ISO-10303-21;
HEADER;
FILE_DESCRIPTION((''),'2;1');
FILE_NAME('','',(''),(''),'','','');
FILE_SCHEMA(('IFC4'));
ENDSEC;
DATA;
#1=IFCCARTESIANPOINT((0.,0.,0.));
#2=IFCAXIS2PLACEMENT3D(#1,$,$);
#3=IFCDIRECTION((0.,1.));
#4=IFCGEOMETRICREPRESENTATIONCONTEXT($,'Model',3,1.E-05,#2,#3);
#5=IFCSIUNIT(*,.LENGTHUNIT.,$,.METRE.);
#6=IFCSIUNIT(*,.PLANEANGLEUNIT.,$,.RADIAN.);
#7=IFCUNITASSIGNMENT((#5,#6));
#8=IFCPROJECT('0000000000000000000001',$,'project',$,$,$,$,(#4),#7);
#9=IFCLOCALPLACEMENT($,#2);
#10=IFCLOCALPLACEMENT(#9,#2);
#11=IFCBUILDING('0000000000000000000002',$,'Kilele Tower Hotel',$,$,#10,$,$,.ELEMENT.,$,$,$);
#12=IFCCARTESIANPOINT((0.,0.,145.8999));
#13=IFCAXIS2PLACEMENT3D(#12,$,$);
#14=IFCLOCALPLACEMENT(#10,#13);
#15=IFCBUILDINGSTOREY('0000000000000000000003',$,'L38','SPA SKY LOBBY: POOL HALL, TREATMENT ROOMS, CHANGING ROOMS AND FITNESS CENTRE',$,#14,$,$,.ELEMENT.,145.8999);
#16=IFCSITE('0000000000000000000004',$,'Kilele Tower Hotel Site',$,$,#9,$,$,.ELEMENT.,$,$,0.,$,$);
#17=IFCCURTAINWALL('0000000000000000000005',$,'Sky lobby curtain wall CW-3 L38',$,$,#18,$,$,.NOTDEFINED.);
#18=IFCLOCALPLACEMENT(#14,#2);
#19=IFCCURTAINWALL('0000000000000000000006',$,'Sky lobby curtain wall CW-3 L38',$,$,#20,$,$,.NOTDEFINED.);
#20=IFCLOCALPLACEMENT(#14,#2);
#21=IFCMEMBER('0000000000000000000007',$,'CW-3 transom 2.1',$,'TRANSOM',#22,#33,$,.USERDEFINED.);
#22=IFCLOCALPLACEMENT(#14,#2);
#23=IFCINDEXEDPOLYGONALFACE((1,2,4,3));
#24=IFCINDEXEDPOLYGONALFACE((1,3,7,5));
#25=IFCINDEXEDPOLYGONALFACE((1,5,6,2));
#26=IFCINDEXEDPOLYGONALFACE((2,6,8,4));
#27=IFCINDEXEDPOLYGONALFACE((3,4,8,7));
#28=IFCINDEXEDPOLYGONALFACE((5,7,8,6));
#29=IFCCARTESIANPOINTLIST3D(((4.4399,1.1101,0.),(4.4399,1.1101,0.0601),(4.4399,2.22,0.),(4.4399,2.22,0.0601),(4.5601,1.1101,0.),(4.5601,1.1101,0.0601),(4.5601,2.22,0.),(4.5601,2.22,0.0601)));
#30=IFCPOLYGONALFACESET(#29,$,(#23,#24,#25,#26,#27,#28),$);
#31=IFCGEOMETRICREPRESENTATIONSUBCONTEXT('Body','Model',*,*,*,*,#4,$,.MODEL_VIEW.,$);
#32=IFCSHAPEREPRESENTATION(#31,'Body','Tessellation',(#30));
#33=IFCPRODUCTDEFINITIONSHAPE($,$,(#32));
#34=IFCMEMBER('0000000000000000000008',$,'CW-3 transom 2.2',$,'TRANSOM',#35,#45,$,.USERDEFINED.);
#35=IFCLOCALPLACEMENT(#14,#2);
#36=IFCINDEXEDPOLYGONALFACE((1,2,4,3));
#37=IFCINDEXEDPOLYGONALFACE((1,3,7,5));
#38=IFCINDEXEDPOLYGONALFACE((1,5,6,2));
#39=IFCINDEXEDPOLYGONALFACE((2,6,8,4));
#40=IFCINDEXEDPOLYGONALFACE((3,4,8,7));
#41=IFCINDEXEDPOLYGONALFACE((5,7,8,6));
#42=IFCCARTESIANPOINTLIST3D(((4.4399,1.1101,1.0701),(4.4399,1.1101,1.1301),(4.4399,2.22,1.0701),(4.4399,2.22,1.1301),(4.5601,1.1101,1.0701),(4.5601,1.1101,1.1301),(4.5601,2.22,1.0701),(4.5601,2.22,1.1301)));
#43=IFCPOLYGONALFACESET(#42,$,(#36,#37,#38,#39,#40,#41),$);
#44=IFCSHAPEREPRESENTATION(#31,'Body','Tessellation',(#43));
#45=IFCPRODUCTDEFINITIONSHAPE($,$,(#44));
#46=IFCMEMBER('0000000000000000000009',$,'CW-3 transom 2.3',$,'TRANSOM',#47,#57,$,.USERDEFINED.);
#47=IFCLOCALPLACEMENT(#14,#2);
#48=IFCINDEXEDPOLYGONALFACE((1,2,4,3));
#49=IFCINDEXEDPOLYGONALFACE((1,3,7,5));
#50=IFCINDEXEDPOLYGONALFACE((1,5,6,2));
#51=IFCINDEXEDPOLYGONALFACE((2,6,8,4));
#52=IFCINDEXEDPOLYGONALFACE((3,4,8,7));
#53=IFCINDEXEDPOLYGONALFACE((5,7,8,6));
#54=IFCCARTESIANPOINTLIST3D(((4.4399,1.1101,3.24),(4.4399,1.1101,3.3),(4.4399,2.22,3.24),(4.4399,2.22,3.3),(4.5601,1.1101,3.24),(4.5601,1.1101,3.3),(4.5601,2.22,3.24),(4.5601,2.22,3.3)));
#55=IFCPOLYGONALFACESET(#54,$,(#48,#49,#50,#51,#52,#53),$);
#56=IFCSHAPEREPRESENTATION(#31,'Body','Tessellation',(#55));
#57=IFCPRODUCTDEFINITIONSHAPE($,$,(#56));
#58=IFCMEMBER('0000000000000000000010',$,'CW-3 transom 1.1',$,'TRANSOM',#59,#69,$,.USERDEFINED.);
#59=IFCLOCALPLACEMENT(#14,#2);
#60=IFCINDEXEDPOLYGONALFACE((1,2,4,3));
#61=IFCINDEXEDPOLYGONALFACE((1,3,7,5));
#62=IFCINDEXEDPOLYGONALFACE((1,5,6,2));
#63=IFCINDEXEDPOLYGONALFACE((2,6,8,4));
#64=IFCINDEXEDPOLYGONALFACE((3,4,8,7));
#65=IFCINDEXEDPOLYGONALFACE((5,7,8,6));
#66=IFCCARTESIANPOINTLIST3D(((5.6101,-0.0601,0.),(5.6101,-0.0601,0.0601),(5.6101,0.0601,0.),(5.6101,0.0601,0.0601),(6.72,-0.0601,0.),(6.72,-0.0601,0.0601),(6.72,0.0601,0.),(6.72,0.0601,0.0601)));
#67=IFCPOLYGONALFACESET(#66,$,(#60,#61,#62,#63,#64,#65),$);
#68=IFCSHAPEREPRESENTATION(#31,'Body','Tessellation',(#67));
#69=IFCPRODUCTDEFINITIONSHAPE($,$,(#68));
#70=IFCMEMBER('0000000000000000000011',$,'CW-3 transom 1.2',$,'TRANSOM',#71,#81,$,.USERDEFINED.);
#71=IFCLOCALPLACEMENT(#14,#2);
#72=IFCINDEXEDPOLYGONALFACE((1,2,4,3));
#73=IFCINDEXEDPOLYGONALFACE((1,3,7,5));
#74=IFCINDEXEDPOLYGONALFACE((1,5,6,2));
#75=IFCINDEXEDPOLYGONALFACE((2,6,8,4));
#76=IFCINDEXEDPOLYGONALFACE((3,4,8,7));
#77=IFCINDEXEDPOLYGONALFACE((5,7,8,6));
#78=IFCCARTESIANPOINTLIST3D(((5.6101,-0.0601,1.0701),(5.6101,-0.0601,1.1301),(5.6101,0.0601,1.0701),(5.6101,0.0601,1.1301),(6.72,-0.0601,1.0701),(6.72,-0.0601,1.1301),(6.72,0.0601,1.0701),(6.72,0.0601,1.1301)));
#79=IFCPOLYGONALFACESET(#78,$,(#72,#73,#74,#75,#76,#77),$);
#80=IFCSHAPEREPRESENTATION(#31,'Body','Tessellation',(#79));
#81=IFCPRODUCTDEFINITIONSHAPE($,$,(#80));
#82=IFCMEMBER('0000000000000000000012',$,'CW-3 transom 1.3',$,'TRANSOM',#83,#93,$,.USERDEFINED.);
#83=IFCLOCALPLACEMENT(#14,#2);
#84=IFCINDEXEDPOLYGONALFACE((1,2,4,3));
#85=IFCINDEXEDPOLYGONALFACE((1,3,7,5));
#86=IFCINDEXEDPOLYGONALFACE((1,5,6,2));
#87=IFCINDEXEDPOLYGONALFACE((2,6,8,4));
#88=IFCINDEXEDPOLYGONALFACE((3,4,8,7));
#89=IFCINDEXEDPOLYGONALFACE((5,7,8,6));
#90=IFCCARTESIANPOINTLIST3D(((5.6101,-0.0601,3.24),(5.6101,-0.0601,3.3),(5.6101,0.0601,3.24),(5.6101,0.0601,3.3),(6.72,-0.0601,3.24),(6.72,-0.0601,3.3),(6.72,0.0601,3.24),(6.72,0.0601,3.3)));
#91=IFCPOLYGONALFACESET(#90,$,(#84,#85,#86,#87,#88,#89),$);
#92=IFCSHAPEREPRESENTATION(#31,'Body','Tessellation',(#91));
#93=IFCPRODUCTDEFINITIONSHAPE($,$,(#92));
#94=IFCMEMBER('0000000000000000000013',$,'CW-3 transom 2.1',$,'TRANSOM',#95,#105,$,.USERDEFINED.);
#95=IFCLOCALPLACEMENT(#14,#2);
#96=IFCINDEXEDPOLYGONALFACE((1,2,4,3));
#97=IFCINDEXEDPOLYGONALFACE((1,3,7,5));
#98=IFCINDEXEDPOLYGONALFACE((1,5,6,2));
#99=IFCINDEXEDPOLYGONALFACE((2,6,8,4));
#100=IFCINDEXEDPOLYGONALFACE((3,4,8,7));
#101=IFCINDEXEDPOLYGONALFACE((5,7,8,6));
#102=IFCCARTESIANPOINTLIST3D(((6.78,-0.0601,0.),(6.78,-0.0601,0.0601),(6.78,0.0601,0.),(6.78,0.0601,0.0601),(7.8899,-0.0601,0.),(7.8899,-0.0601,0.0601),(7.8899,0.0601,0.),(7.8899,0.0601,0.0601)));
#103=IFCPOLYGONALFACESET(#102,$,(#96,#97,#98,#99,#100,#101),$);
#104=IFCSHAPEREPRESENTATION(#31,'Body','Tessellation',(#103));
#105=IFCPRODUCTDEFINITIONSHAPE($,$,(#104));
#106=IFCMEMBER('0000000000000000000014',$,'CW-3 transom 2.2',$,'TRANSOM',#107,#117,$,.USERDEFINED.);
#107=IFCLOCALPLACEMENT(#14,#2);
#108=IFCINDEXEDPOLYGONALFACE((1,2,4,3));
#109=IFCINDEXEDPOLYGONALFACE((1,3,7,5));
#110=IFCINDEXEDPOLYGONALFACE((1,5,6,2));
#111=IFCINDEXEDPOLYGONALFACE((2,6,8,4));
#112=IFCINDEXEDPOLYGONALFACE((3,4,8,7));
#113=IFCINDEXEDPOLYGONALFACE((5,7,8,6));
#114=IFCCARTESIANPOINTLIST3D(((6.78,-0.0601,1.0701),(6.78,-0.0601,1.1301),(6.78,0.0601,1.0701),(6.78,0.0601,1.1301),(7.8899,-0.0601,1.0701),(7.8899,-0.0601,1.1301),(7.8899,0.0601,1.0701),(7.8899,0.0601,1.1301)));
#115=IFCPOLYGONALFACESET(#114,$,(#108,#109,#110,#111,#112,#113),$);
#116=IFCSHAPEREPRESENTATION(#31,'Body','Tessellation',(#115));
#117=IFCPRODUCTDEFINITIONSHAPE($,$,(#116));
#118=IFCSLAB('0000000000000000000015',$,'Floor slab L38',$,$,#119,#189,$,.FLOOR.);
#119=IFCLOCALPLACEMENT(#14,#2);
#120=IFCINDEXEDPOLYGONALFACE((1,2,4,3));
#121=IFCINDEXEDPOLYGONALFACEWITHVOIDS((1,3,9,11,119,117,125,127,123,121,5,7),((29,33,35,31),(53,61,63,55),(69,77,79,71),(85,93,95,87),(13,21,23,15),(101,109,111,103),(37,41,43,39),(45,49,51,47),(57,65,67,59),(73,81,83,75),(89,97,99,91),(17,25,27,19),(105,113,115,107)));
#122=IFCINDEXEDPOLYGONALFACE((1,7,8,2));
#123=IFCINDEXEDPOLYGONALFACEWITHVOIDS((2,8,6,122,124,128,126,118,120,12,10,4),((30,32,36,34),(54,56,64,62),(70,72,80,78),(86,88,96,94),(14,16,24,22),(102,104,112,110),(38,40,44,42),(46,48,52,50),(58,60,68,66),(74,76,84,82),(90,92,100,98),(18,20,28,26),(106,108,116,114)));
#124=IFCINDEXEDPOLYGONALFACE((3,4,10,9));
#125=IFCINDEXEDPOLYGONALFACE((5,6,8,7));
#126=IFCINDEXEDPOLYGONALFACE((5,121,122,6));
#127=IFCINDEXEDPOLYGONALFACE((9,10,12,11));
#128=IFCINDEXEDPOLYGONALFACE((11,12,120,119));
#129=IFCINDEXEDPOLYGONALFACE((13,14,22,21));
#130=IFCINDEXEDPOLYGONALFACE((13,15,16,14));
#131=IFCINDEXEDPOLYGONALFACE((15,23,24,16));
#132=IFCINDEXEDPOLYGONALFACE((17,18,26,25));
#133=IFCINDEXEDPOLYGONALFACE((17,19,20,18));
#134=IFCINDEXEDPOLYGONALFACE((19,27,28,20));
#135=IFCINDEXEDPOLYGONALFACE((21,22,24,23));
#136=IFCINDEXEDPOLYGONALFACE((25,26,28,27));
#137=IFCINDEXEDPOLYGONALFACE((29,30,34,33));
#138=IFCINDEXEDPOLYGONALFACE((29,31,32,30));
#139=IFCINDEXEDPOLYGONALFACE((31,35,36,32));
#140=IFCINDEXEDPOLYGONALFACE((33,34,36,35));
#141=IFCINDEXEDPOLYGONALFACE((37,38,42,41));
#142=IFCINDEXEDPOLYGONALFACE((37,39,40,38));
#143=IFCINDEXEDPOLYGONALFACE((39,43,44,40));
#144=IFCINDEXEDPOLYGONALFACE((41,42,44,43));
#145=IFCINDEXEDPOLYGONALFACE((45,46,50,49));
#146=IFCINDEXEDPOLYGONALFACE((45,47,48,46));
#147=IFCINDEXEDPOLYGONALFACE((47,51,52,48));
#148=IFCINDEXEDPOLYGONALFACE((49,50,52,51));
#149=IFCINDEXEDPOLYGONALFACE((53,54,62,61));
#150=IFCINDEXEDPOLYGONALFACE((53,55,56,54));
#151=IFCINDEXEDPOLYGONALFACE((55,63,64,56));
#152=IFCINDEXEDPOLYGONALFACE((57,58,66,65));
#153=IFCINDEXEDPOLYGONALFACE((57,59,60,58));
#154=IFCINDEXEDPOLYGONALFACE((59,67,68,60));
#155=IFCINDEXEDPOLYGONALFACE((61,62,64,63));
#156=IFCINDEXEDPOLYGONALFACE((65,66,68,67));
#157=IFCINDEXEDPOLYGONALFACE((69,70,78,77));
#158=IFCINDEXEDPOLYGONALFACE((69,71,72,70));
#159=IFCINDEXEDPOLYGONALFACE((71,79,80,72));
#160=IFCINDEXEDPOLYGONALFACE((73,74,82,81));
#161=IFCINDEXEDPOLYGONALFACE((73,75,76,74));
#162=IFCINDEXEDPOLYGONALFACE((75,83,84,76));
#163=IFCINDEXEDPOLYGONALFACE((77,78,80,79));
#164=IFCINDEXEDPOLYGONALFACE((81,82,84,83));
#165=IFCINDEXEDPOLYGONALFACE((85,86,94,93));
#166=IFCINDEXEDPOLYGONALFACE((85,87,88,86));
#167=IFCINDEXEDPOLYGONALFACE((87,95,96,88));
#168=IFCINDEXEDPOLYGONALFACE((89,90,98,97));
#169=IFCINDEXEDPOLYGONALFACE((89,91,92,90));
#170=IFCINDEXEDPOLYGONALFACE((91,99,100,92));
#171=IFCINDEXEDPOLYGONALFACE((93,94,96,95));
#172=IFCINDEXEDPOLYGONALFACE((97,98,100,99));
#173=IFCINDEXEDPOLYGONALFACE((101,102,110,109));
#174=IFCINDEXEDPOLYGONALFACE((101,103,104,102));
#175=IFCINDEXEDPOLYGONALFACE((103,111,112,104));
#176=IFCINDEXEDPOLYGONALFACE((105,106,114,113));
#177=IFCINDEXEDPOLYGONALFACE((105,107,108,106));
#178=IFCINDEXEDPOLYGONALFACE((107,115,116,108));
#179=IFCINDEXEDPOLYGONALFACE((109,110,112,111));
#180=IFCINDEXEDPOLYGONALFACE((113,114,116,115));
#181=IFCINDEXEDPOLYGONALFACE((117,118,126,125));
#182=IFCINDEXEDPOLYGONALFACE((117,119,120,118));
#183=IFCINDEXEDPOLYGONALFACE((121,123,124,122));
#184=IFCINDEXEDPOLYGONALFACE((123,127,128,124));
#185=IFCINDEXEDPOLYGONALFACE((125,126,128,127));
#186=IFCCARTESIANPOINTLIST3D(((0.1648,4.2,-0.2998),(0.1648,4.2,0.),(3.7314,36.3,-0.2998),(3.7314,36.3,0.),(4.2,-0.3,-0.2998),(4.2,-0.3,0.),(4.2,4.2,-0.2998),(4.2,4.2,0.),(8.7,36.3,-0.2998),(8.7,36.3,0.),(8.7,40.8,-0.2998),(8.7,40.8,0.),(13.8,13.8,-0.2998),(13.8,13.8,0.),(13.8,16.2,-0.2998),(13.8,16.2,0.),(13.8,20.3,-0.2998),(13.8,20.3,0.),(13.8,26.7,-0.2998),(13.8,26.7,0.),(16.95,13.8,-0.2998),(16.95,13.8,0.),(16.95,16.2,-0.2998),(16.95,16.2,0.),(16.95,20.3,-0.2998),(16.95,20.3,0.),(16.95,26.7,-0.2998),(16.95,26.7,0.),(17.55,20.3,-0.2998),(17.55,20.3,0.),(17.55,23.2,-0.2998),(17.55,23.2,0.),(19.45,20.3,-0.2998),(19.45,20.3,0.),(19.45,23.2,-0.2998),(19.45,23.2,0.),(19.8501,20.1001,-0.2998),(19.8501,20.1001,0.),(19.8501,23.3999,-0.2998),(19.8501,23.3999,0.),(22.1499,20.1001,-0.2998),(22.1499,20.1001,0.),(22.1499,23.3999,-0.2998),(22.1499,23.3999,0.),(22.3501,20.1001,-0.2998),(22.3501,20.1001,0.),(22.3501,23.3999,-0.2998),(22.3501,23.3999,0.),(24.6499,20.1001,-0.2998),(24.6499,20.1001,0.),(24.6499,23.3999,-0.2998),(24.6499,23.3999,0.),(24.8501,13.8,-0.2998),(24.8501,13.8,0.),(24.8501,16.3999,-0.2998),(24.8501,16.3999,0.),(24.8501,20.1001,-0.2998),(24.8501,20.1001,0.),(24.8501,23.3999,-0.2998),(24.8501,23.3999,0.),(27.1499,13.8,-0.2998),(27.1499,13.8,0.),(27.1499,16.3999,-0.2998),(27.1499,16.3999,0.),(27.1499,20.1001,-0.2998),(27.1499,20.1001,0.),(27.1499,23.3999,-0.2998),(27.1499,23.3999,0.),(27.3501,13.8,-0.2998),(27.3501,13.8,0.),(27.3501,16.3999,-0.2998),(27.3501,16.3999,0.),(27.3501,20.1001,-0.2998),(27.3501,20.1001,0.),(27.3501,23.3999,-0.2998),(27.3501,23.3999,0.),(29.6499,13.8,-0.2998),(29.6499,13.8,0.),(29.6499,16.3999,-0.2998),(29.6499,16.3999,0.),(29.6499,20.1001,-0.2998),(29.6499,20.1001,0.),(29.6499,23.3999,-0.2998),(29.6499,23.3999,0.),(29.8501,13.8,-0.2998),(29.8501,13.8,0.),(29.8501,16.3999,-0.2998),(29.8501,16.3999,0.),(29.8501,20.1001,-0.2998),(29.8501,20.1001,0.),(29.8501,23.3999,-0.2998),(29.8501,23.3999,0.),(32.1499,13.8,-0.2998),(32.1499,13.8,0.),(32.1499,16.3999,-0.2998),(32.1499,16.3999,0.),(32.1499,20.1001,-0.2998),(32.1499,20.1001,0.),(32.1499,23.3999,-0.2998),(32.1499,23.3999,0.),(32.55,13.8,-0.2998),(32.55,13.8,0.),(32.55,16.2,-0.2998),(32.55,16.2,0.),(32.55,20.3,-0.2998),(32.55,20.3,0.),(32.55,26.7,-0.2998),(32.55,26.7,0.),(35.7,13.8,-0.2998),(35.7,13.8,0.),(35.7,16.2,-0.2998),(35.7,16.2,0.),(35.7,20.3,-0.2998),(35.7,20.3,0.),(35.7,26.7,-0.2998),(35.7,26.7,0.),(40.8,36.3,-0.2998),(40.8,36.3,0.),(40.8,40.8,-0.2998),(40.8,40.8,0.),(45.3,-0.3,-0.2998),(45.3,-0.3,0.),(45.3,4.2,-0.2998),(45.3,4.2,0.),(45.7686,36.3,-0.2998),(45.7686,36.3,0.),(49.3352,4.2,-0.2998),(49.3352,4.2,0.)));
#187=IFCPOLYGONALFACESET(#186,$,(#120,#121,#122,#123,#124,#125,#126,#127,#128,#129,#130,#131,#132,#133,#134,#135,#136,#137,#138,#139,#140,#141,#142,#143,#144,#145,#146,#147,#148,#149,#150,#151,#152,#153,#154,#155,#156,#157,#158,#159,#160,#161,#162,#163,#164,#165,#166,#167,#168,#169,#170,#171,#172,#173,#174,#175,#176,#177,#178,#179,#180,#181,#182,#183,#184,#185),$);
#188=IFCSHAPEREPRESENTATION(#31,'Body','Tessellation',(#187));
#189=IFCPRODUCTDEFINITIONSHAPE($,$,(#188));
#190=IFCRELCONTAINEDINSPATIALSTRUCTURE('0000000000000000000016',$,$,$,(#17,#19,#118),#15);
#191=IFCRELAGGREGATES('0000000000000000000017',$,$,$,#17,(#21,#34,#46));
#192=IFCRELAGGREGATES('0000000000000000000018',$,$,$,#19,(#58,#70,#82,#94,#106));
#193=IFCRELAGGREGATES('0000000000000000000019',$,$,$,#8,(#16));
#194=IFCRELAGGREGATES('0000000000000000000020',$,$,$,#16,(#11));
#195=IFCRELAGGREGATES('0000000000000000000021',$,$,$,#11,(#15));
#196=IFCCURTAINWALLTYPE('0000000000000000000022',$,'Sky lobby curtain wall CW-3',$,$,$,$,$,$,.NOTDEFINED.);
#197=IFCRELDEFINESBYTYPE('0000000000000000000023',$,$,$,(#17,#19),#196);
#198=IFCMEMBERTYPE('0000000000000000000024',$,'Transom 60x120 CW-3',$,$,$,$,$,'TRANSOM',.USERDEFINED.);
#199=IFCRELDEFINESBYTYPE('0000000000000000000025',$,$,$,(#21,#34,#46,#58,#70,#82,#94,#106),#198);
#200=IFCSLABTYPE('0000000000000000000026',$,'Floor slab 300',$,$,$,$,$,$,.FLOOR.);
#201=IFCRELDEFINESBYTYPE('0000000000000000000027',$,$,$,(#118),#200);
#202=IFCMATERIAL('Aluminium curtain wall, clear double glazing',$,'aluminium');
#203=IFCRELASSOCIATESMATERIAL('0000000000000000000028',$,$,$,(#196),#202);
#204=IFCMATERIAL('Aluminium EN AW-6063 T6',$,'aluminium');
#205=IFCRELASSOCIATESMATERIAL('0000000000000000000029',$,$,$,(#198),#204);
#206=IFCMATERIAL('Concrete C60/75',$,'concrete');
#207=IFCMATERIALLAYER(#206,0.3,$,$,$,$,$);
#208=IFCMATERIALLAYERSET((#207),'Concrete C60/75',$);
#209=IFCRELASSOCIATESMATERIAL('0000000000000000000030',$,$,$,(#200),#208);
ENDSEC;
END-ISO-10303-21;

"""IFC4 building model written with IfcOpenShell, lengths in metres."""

from ifc_helpers import new_model, si_unit, direction, frame, origin, origin_2d, place, context, subcontext, project, spatial, polyline, rectangle, outline, extrude, material, layer, layer_set, material_profile, profile_set, type_object, element, aggregate, save


model = new_model("IFC4")

# Units and contexts
model_context = context("Model", 3, precision=1e-05, world=origin(), true_north=direction((0.0, 1.0)))
body_context = subcontext(model_context, "Body", "Model", "MODEL_VIEW")
ifc_project = project(units=[si_unit("LENGTHUNIT", "METRE"), si_unit("PLANEANGLEUNIT", "RADIAN")], contexts=[model_context])

# Site, building, storey
site_placement = place(None, origin())
site = spatial("IfcSite", under=ifc_project, at=site_placement, Name="Kilele Tower Hotel Site", CompositionType="ELEMENT", RefElevation=0.0)
building_placement = place(site_placement, origin())
building = spatial("IfcBuilding", under=site, at=building_placement, Name="Kilele Tower Hotel", CompositionType="ELEMENT")
storey_placement = place(building_placement, frame((0.0, 0.0, 145.8999)))
storey = spatial("IfcBuildingStorey", under=building, at=storey_placement, Name="L38", Description="SPA SKY LOBBY: POOL HALL, TREATMENT ROOMS, CHANGING ROOMS AND FITNESS CENTRE", CompositionType="ELEMENT", Elevation=145.8999)

# Shared definitions
ifc_material_1 = material(Name="Aluminium curtain wall, clear double glazing", Category="aluminium")
curtain_wall_type = type_object("IfcCurtainWallType", Name="Sky lobby curtain wall CW-3", PredefinedType="NOTDEFINED", material=ifc_material_1)

# Curtain walls
curtain_wall_1_placement = place(storey_placement, origin())
curtain_wall_1 = element("IfcCurtainWall", 1, at=curtain_wall_1_placement, inside=storey, type_object=curtain_wall_type, Name="Sky lobby curtain wall CW-3 L38", PredefinedType="NOTDEFINED")
curtain_wall_2_placement = place(storey_placement, origin())
curtain_wall_2 = element("IfcCurtainWall", 2, at=curtain_wall_2_placement, inside=storey, type_object=curtain_wall_type, Name="Sky lobby curtain wall CW-3 L38", PredefinedType="NOTDEFINED")

# Members
ifc_material_2 = material(Name="Aluminium EN AW-6063 T6", Category="aluminium")
ifc_material_profile_1 = material_profile(ifc_material_2, rectangle(XDim=0.1201, YDim=0.0601, at=origin_2d()))
ifc_profile_set_1 = profile_set([ifc_material_profile_1], Name="Aluminium EN AW-6063 T6")
member_type_1 = type_object("IfcMemberType", Name="Transom 60x120 CW-3", ElementType="TRANSOM", PredefinedType="USERDEFINED", material=ifc_profile_set_1)
member_1_placement = place(storey_placement, frame((4.5, 2.22, 0.03), z_axis=(0.0, -1.0, 0.0), x_axis=(1.0, 0.0, 0.0)))
member_1 = element("IfcMember", 3, at=member_1_placement, type_object=member_type_1, Name="CW-3 transom 2.1", ObjectType="TRANSOM", PredefinedType="USERDEFINED", context=body_context, shape_type="SweptSolid", body=[
    extrude(rectangle(XDim=0.1201, YDim=0.0601, at=origin_2d()), origin(), (0.0, 0.0, 1.0), 1.1099),
])
member_2_placement = place(storey_placement, frame((4.5, 2.22, 1.1001), z_axis=(0.0, -1.0, 0.0), x_axis=(1.0, 0.0, 0.0)))
member_2 = element("IfcMember", 4, at=member_2_placement, type_object=member_type_1, Name="CW-3 transom 2.2", ObjectType="TRANSOM", PredefinedType="USERDEFINED", context=body_context, shape_type="SweptSolid", body=[
    extrude(rectangle(XDim=0.1201, YDim=0.0601, at=origin_2d()), origin(), (0.0, 0.0, 1.0), 1.1099),
])
member_3_placement = place(storey_placement, frame((4.5, 2.22, 3.27), z_axis=(0.0, -1.0, 0.0), x_axis=(1.0, 0.0, 0.0)))
member_3 = element("IfcMember", 5, at=member_3_placement, type_object=member_type_1, Name="CW-3 transom 2.3", ObjectType="TRANSOM", PredefinedType="USERDEFINED", context=body_context, shape_type="SweptSolid", body=[
    extrude(rectangle(XDim=0.1201, YDim=0.0601, at=origin_2d()), origin(), (0.0, 0.0, 1.0), 1.1099),
])
member_4_placement = place(storey_placement, frame((5.6101, 0.0, 0.03), z_axis=(1.0, 0.0, 0.0), x_axis=(0.0, 1.0, 0.0)))
member_4 = element("IfcMember", 6, at=member_4_placement, type_object=member_type_1, Name="CW-3 transom 1.1", ObjectType="TRANSOM", PredefinedType="USERDEFINED", context=body_context, shape_type="SweptSolid", body=[
    extrude(rectangle(XDim=0.1201, YDim=0.0601, at=origin_2d()), origin(), (0.0, 0.0, 1.0), 1.1099),
])
member_5_placement = place(storey_placement, frame((5.6101, 0.0, 1.1001), z_axis=(1.0, 0.0, 0.0), x_axis=(0.0, 1.0, 0.0)))
member_5 = element("IfcMember", 7, at=member_5_placement, type_object=member_type_1, Name="CW-3 transom 1.2", ObjectType="TRANSOM", PredefinedType="USERDEFINED", context=body_context, shape_type="SweptSolid", body=[
    extrude(rectangle(XDim=0.1201, YDim=0.0601, at=origin_2d()), origin(), (0.0, 0.0, 1.0), 1.1099),
])
member_6_placement = place(storey_placement, frame((5.6101, 0.0, 3.27), z_axis=(1.0, 0.0, 0.0), x_axis=(0.0, 1.0, 0.0)))
member_6 = element("IfcMember", 8, at=member_6_placement, type_object=member_type_1, Name="CW-3 transom 1.3", ObjectType="TRANSOM", PredefinedType="USERDEFINED", context=body_context, shape_type="SweptSolid", body=[
    extrude(rectangle(XDim=0.1201, YDim=0.0601, at=origin_2d()), origin(), (0.0, 0.0, 1.0), 1.1099),
])
member_7_placement = place(storey_placement, frame((6.78, 0.0, 0.03), z_axis=(1.0, 0.0, 0.0), x_axis=(0.0, 1.0, 0.0)))
member_7 = element("IfcMember", 9, at=member_7_placement, type_object=member_type_1, Name="CW-3 transom 2.1", ObjectType="TRANSOM", PredefinedType="USERDEFINED", context=body_context, shape_type="SweptSolid", body=[
    extrude(rectangle(XDim=0.1201, YDim=0.0601, at=origin_2d()), origin(), (0.0, 0.0, 1.0), 1.1099),
])
member_8_placement = place(storey_placement, frame((6.78, 0.0, 1.1001), z_axis=(1.0, 0.0, 0.0), x_axis=(0.0, 1.0, 0.0)))
member_8 = element("IfcMember", 10, at=member_8_placement, type_object=member_type_1, Name="CW-3 transom 2.2", ObjectType="TRANSOM", PredefinedType="USERDEFINED", context=body_context, shape_type="SweptSolid", body=[
    extrude(rectangle(XDim=0.1201, YDim=0.0601, at=origin_2d()), origin(), (0.0, 0.0, 1.0), 1.1099),
])

# Slab
ifc_material_3 = material(Name="Concrete C60/75", Category="concrete")
ifc_layer_1 = layer(ifc_material_3, 0.3)
ifc_layer_set_1 = layer_set([ifc_layer_1], Name="Concrete C60/75")
slab_type_1 = type_object("IfcSlabType", Name="Floor slab 300", PredefinedType="FLOOR", material=ifc_layer_set_1)
slab_1_placement = place(storey_placement, frame((0.0, 0.0, -0.2998)))
element("IfcSlab", 11, at=slab_1_placement, inside=storey, type_object=slab_type_1, Name="Floor slab L38", PredefinedType="FLOOR", context=body_context, shape_type="SweptSolid", body=[
    extrude(outline(polyline([(8.7, 36.3), (8.7, 40.8), (40.8, 40.8), (40.8, 36.3), (45.7686, 36.3), (49.3352, 4.2), (45.3, 4.2), (45.3, -0.3), (4.2, -0.3), (4.2, 4.2), (0.1648, 4.2), (3.7314, 36.3), (8.7, 36.3)]), holes=[polyline([(16.95, 16.2), (13.8, 16.2), (13.8, 13.8), (16.95, 13.8), (16.95, 16.2)]), polyline([(27.1499, 13.8), (27.1499, 16.3999), (24.8501, 16.3999), (24.8501, 13.8), (27.1499, 13.8)]), polyline([(19.45, 20.3), (19.45, 23.2), (17.55, 23.2), (17.55, 20.3), (19.45, 20.3)]), polyline([(22.1499, 23.3999), (19.8501, 23.3999), (19.8501, 20.1001), (22.1499, 20.1001), (22.1499, 23.3999)]), polyline([(24.6499, 20.1001), (24.6499, 23.3999), (22.3501, 23.3999), (22.3501, 20.1001), (24.6499, 20.1001)]), polyline([(27.1499, 20.1001), (27.1499, 23.3999), (24.8501, 23.3999), (24.8501, 20.1001), (27.1499, 20.1001)]), polyline([(16.95, 26.7), (13.8, 26.7), (13.8, 20.3), (16.95, 20.3), (16.95, 26.7)]), polyline([(35.7, 13.8), (35.7, 16.2), (32.55, 16.2), (32.55, 13.8), (35.7, 13.8)]), polyline([(29.6499, 13.8), (29.6499, 16.3999), (27.3501, 16.3999), (27.3501, 13.8), (29.6499, 13.8)]), polyline([(32.1499, 13.8), (32.1499, 16.3999), (29.8501, 16.3999), (29.8501, 13.8), (32.1499, 13.8)]), polyline([(29.6499, 20.1001), (29.6499, 23.3999), (27.3501, 23.3999), (27.3501, 20.1001), (29.6499, 20.1001)]), polyline([(32.1499, 20.1001), (32.1499, 23.3999), (29.8501, 23.3999), (29.8501, 20.1001), (32.1499, 20.1001)]), polyline([(35.7, 20.3), (35.7, 26.7), (32.55, 26.7), (32.55, 20.3), (35.7, 20.3)])]), origin(), (0.0, 0.0, 1.0), 0.2998),
])

aggregate(curtain_wall_1, [member_1, member_2, member_3])
aggregate(curtain_wall_2, [member_4, member_5, member_6, member_7, member_8])

save(model, "model.ifc")
